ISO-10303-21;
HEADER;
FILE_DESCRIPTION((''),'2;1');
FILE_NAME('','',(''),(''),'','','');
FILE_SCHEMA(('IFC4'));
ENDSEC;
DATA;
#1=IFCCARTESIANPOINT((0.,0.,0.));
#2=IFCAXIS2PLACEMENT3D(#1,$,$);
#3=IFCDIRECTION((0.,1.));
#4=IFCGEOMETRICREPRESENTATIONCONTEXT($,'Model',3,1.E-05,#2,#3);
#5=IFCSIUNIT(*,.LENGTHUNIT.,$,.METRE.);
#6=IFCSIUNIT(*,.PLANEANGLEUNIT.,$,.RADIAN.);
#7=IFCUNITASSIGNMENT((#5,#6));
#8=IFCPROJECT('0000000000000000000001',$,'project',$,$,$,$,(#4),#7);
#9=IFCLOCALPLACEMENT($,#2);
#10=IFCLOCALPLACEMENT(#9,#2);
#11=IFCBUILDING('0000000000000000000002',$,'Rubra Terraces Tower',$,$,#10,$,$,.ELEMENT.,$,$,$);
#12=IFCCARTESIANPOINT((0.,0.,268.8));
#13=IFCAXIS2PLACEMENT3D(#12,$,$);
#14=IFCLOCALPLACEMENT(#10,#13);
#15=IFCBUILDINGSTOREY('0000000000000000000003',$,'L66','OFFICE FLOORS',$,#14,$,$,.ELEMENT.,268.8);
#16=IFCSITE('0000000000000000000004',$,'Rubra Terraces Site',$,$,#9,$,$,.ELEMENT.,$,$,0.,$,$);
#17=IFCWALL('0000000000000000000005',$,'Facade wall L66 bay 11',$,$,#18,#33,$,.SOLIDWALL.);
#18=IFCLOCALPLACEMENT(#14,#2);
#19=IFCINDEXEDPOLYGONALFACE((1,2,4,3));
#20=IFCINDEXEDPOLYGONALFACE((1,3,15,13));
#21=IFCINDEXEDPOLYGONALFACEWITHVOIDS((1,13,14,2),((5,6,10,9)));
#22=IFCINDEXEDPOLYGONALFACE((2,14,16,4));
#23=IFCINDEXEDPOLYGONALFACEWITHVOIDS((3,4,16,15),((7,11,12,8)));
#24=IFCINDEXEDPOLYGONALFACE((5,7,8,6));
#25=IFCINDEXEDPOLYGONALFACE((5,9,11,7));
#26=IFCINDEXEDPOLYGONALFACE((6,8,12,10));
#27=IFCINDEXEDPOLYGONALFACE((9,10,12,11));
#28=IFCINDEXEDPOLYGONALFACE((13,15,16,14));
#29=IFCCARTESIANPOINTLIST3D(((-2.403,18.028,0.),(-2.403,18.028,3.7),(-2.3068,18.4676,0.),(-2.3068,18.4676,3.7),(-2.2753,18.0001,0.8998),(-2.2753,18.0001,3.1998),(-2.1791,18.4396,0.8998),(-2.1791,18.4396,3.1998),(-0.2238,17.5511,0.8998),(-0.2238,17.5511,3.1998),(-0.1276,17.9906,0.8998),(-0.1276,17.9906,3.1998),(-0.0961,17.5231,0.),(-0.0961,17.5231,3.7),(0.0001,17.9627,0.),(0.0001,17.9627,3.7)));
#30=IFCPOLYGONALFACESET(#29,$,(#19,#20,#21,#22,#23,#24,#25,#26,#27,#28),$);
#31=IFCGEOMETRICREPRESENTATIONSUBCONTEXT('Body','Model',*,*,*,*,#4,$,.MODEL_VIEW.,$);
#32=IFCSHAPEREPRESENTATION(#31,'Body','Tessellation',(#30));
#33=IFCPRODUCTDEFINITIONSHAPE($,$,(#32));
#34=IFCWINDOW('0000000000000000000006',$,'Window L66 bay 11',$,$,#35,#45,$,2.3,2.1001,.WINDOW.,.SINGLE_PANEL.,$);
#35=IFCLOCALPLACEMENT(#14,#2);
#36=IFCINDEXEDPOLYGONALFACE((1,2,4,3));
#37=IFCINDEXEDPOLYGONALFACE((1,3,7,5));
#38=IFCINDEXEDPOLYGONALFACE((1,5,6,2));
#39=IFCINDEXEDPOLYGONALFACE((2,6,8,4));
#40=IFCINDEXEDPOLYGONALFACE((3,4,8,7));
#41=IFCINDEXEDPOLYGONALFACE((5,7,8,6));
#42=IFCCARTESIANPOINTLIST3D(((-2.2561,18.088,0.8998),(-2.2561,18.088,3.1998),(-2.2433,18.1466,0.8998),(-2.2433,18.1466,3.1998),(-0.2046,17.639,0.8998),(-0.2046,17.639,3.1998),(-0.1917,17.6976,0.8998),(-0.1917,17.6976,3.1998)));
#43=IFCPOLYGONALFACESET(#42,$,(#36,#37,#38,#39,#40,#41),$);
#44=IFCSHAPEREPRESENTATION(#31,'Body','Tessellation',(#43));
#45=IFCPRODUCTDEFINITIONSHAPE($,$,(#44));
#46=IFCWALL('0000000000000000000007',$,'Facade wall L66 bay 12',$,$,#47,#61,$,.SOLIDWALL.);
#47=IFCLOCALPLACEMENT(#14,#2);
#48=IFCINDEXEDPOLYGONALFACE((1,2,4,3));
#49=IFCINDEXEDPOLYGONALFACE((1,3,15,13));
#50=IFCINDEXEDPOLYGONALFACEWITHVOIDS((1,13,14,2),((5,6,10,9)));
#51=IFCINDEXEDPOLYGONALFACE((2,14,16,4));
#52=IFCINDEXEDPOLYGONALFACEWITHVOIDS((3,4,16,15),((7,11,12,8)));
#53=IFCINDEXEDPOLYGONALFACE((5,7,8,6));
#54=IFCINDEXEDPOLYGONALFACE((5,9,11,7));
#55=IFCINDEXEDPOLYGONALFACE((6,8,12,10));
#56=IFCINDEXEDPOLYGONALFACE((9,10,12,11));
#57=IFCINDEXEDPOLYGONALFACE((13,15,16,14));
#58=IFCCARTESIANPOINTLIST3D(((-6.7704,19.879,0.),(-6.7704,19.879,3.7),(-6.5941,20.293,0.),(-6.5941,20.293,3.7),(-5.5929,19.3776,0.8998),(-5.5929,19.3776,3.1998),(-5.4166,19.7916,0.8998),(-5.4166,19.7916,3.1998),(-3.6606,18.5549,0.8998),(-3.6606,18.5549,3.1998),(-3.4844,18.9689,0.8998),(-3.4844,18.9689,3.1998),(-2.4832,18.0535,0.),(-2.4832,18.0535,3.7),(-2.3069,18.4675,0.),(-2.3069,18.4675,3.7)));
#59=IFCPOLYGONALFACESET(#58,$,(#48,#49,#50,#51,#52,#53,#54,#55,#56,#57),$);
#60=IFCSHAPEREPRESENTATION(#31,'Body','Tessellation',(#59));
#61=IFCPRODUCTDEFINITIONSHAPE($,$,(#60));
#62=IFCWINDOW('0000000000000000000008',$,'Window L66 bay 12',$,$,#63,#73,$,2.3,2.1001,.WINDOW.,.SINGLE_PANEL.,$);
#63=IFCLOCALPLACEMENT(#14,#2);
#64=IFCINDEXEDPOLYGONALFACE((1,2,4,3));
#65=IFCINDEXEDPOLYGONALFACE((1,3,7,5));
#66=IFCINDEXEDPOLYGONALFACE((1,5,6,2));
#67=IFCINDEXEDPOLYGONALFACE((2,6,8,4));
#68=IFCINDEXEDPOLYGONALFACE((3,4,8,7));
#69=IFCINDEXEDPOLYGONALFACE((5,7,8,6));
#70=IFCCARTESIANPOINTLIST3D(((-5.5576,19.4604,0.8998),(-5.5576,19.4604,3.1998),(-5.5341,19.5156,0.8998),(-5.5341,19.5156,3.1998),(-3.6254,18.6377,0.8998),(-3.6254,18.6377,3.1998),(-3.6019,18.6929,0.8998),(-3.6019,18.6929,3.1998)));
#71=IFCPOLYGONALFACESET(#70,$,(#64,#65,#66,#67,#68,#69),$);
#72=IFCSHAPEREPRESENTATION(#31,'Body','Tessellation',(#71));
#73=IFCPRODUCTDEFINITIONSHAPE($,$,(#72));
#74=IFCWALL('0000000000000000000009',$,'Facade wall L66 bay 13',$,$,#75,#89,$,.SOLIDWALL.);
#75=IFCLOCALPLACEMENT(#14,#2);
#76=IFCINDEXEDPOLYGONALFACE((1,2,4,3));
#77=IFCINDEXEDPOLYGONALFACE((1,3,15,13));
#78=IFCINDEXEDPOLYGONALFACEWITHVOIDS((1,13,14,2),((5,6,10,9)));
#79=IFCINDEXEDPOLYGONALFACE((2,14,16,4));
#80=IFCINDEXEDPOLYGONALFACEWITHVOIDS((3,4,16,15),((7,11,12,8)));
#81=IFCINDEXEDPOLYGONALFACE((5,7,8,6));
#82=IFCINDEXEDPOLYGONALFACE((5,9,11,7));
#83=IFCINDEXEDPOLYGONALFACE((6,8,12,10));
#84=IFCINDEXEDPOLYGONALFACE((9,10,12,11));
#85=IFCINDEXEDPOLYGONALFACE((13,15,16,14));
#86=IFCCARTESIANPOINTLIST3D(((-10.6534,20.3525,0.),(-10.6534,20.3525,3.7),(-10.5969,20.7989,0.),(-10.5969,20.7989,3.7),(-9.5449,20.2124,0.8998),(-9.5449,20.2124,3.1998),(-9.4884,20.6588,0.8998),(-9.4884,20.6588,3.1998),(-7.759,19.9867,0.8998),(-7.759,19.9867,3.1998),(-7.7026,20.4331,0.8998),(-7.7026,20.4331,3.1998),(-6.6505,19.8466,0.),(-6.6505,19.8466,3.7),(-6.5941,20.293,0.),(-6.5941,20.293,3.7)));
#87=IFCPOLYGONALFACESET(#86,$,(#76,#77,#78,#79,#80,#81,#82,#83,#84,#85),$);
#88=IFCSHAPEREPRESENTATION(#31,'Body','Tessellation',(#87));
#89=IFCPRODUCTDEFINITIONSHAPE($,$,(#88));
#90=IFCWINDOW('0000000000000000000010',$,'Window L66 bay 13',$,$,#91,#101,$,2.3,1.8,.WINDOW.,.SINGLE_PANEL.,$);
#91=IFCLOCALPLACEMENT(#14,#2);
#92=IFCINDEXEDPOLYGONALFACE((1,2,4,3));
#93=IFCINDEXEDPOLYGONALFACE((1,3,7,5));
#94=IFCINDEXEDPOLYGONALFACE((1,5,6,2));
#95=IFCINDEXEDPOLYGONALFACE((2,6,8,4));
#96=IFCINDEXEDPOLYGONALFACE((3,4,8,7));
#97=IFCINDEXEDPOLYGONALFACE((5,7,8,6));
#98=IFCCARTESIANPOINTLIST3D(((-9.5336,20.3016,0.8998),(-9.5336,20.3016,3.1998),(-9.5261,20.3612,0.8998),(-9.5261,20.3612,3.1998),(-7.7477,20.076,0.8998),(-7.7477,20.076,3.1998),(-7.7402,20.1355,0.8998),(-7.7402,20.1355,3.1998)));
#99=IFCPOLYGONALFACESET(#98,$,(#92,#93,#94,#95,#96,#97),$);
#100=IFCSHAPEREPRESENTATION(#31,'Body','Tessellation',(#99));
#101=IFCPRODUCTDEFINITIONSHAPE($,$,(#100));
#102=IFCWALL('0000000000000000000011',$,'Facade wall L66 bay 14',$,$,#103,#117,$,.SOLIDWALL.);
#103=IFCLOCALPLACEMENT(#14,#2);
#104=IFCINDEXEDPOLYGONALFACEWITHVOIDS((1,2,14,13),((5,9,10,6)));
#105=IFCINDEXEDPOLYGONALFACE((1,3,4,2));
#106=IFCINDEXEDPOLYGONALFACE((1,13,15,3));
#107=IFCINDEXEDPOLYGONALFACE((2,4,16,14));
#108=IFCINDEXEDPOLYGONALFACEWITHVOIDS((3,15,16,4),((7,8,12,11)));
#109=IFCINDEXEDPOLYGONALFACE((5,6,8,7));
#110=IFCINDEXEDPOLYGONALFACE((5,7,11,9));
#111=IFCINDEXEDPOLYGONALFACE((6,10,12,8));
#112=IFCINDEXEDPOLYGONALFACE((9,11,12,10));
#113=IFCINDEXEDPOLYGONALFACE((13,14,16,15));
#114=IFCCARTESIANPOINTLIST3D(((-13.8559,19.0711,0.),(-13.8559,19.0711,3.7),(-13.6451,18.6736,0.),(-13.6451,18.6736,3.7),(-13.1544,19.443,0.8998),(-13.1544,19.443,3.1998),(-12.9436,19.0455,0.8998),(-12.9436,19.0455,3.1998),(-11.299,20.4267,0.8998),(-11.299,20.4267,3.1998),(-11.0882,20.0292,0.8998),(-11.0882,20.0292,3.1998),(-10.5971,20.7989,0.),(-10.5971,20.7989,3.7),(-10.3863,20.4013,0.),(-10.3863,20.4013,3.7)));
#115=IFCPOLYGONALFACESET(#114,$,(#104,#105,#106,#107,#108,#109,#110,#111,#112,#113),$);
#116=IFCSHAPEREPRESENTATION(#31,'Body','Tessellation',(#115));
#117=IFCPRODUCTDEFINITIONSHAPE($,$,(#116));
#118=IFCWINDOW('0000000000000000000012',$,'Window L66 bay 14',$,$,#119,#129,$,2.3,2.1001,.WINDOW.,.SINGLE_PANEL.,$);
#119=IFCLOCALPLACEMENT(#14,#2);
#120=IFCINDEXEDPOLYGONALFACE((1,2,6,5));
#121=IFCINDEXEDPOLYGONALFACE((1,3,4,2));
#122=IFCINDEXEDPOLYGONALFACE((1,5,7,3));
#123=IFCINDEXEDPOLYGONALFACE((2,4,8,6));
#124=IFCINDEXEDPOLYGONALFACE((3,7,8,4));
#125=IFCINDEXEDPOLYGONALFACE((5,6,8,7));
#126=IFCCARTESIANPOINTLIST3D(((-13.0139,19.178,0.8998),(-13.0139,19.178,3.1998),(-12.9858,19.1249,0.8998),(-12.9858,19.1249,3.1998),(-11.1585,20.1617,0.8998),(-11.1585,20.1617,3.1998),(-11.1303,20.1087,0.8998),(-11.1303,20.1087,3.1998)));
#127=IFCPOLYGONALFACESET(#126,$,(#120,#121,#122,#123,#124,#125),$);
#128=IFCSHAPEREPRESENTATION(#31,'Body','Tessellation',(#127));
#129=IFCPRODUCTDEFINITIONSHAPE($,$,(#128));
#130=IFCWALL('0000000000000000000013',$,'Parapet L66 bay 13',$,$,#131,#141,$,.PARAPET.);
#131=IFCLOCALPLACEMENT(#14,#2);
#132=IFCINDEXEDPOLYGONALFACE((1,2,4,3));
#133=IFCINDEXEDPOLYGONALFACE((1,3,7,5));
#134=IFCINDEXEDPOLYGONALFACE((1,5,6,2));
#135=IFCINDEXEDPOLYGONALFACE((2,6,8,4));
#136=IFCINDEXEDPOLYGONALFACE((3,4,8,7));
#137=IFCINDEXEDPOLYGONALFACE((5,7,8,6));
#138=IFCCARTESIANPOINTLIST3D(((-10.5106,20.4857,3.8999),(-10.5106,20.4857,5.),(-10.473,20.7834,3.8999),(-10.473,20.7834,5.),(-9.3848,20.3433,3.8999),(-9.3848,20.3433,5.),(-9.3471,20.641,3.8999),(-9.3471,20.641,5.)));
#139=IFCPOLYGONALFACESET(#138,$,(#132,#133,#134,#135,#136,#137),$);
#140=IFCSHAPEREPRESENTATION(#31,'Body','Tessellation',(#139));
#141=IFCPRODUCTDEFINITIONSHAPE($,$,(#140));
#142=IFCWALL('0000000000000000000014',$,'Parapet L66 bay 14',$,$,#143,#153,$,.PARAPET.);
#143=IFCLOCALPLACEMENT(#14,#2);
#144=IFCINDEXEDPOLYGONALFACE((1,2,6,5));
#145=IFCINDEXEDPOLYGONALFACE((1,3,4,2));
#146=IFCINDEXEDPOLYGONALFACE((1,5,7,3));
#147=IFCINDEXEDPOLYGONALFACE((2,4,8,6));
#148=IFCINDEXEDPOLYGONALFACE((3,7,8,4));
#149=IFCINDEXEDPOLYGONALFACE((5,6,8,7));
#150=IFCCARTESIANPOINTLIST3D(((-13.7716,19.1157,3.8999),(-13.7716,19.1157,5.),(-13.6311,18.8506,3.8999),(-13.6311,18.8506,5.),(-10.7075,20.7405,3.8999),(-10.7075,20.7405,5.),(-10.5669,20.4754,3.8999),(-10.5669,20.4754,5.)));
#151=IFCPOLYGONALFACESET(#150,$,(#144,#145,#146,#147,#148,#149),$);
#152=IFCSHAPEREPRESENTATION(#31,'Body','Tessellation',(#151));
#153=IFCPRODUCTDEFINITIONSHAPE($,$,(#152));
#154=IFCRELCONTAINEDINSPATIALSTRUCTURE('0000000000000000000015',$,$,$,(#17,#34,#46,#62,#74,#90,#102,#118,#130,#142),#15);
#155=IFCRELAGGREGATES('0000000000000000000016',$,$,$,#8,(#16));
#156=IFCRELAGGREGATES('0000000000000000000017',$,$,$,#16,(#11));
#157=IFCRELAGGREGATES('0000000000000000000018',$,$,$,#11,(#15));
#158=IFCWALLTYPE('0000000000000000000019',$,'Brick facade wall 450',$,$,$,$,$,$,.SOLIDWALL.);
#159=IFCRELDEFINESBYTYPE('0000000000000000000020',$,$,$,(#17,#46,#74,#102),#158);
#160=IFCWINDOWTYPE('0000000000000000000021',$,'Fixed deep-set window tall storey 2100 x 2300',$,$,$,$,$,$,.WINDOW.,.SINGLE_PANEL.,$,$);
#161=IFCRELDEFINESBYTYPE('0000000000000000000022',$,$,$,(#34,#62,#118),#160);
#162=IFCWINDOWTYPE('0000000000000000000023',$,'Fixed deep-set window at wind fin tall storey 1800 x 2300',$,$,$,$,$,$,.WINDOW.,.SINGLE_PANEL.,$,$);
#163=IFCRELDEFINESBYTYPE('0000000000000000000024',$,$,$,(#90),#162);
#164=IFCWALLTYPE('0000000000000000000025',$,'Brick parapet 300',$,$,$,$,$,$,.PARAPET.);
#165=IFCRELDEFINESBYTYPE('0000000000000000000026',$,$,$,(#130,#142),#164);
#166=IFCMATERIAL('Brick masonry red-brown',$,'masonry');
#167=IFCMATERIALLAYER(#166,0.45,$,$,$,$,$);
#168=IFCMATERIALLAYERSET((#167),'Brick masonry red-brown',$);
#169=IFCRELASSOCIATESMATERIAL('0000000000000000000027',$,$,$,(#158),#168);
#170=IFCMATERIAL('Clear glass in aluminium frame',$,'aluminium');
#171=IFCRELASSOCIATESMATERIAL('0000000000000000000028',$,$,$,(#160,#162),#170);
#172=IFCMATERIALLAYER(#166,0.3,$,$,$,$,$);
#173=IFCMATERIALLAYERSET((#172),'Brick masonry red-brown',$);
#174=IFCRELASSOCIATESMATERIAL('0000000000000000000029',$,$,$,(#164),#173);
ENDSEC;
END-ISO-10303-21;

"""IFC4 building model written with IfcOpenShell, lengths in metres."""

from ifc_helpers import new_model, si_unit, direction, frame, frame_2d, origin, place, context, subcontext, project, spatial, rectangle, extrude, material, layer, layer_set, type_object, element, fill, save


model = new_model("IFC4")

# Units and contexts
model_context = context("Model", 3, precision=1e-05, world=origin(), true_north=direction((0.0, 1.0)))
body_context = subcontext(model_context, "Body", "Model", "MODEL_VIEW")
ifc_project = project(units=[si_unit("LENGTHUNIT", "METRE"), si_unit("PLANEANGLEUNIT", "RADIAN")], contexts=[model_context])

# Site, building, storey
site_placement = place(None, origin())
site = spatial("IfcSite", under=ifc_project, at=site_placement, Name="Rubra Terraces Site", CompositionType="ELEMENT", RefElevation=0.0)
building_placement = place(site_placement, origin())
building = spatial("IfcBuilding", under=site, at=building_placement, Name="Rubra Terraces Tower", CompositionType="ELEMENT")
storey_placement = place(building_placement, frame((0.0, 0.0, 268.8)))
storey = spatial("IfcBuildingStorey", under=building, at=storey_placement, Name="L66", Description="OFFICE FLOORS", CompositionType="ELEMENT", Elevation=268.8)

# Walls, openings, windows
ifc_material_1 = material(Name="Brick masonry red-brown", Category="masonry")
ifc_layer_1 = layer(ifc_material_1, 0.45)
ifc_layer_set_1 = layer_set([ifc_layer_1], Name="Brick masonry red-brown")
wall_type_1 = type_object("IfcWallType", Name="Brick facade wall 450", PredefinedType="SOLIDWALL", material=ifc_layer_set_1)
wall_1_placement = place(storey_placement, frame((-0.0481, 17.7429, 0.0), z_axis=(0.0, 0.0, 1.0), x_axis=(-0.976878, 0.213799, 0.0)))
wall_1 = element("IfcWall", 1, at=wall_1_placement, inside=storey, type_object=wall_type_1, Name="Facade wall L66 bay 11", PredefinedType="SOLIDWALL", context=body_context, shape_type="SweptSolid", body=[
    extrude(rectangle(XDim=2.3616, YDim=0.45, at=frame_2d((1.1807, 0.0))), origin(), (0.0, 0.0, 1.0), 3.7),
])
opening_1_placement = place(wall_1_placement, frame((0.1306, 0.0, 0.8999)))
opening_1 = element("IfcOpeningElement", 2, at=opening_1_placement, cuts=wall_1, PredefinedType="OPENING", context=body_context, shape_type="SweptSolid", body=[
    extrude(rectangle(XDim=2.1001, YDim=2.3, at=frame_2d((1.05, 1.1499))), frame((0.0, 0.2349, 0.0), z_axis=(0.0, -1.0, 0.0), x_axis=(1.0, 0.0, 0.0)), (0.0, 0.0, 1.0), 0.47),
])
ifc_material_2 = material(Name="Clear glass in aluminium frame", Category="aluminium")
window_type_1 = type_object("IfcWindowType", Name="Fixed deep-set window tall storey 2100 x 2300", PartitioningType="SINGLE_PANEL", PredefinedType="WINDOW", material=ifc_material_2)
window_1_placement = place(opening_1_placement, origin())
window_1 = element("IfcWindow", 3, at=window_1_placement, inside=storey, type_object=window_type_1, Name="Window L66 bay 11", OverallHeight=2.3, OverallWidth=2.1001, PartitioningType="SINGLE_PANEL", PredefinedType="WINDOW", context=body_context, shape_type="SweptSolid", body=[
    extrude(rectangle(XDim=2.1001, YDim=2.3, at=frame_2d((1.05, 1.1499))), frame((0.0, 0.135, 0.0), z_axis=(0.0, -1.0, 0.0), x_axis=(1.0, 0.0, 0.0)), (0.0, 0.0, 1.0), 0.0601),
])
fill(opening_1, window_1)
wall_2_placement = place(storey_placement, frame((-2.395, 18.2605, 0.0), z_axis=(0.0, 0.0, 1.0), x_axis=(-0.920067, 0.391762, 0.0)))
wall_2 = element("IfcWall", 4, at=wall_2_placement, inside=storey, type_object=wall_type_1, Name="Facade wall L66 bay 12", PredefinedType="SOLIDWALL", context=body_context, shape_type="SweptSolid", body=[
    extrude(rectangle(XDim=4.6597, YDim=0.45, at=frame_2d((2.3298, 0.0))), origin(), (0.0, 0.0, 1.0), 3.7),
])
opening_2_placement = place(wall_2_placement, frame((1.2798, 0.0, 0.8999)))
opening_2 = element("IfcOpeningElement", 5, at=opening_2_placement, cuts=wall_2, PredefinedType="OPENING", context=body_context, shape_type="SweptSolid", body=[
    extrude(rectangle(XDim=2.1001, YDim=2.3, at=frame_2d((1.05, 1.1499))), frame((0.0, 0.2349, 0.0), z_axis=(0.0, -1.0, 0.0), x_axis=(1.0, 0.0, 0.0)), (0.0, 0.0, 1.0), 0.47),
])
window_2_placement = place(opening_2_placement, origin())
window_2 = element("IfcWindow", 6, at=window_2_placement, inside=storey, type_object=window_type_1, Name="Window L66 bay 12", OverallHeight=2.3, OverallWidth=2.1001, PartitioningType="SINGLE_PANEL", PredefinedType="WINDOW", context=body_context, shape_type="SweptSolid", body=[
    extrude(rectangle(XDim=2.1001, YDim=2.3, at=frame_2d((1.05, 1.1499))), frame((0.0, 0.135, 0.0), z_axis=(0.0, -1.0, 0.0), x_axis=(1.0, 0.0, 0.0)), (0.0, 0.0, 1.0), 0.0601),
])
fill(opening_2, window_2)
wall_3_placement = place(storey_placement, frame((-6.6223, 20.0698, 0.0), z_axis=(0.0, 0.0, 1.0), x_axis=(-0.992109, 0.125375, 0.0)))
wall_3 = element("IfcWall", 7, at=wall_3_placement, inside=storey, type_object=wall_type_1, Name="Facade wall L66 bay 13", PredefinedType="SOLIDWALL", context=body_context, shape_type="SweptSolid", body=[
    extrude(rectangle(XDim=4.0347, YDim=0.45, at=frame_2d((2.0173, 0.0))), origin(), (0.0, 0.0, 1.0), 3.7),
])
opening_3_placement = place(wall_3_placement, frame((1.1174, 0.0, 0.8999)))
opening_3 = element("IfcOpeningElement", 8, at=opening_3_placement, cuts=wall_3, PredefinedType="OPENING", context=body_context, shape_type="SweptSolid", body=[
    extrude(rectangle(XDim=1.8, YDim=2.3, at=frame_2d((0.8999, 1.1499))), frame((0.0, 0.2349, 0.0), z_axis=(0.0, -1.0, 0.0), x_axis=(1.0, 0.0, 0.0)), (0.0, 0.0, 1.0), 0.47),
])
window_type_2 = type_object("IfcWindowType", Name="Fixed deep-set window at wind fin tall storey 1800 x 2300", PartitioningType="SINGLE_PANEL", PredefinedType="WINDOW", material=ifc_material_2)
window_3_placement = place(opening_3_placement, origin())
window_3 = element("IfcWindow", 9, at=window_3_placement, inside=storey, type_object=window_type_2, Name="Window L66 bay 13", OverallHeight=2.3, OverallWidth=1.8, PartitioningType="SINGLE_PANEL", PredefinedType="WINDOW", context=body_context, shape_type="SweptSolid", body=[
    extrude(rectangle(XDim=1.8, YDim=2.3, at=frame_2d((0.8999, 1.1499))), frame((0.0, 0.135, 0.0), z_axis=(0.0, -1.0, 0.0), x_axis=(1.0, 0.0, 0.0)), (0.0, 0.0, 1.0), 0.0601),
])
fill(opening_3, window_3)
wall_4_placement = place(storey_placement, frame((-10.4917, 20.6001, 0.0), z_axis=(0.0, 0.0, 1.0), x_axis=(-0.883503, -0.468426, 0.0)))
wall_4 = element("IfcWall", 10, at=wall_4_placement, inside=storey, type_object=wall_type_1, Name="Facade wall L66 bay 14", PredefinedType="SOLIDWALL", context=body_context, shape_type="SweptSolid", body=[
    extrude(rectangle(XDim=3.6885, YDim=0.45, at=frame_2d((1.8442, 0.0))), origin(), (0.0, 0.0, 1.0), 3.7),
])
opening_4_placement = place(wall_4_placement, frame((0.7944, 0.0, 0.8999)))
opening_4 = element("IfcOpeningElement", 11, at=opening_4_placement, cuts=wall_4, PredefinedType="OPENING", context=body_context, shape_type="SweptSolid", body=[
    extrude(rectangle(XDim=2.1001, YDim=2.3, at=frame_2d((1.05, 1.1499))), frame((0.0, 0.2349, 0.0), z_axis=(0.0, -1.0, 0.0), x_axis=(1.0, 0.0, 0.0)), (0.0, 0.0, 1.0), 0.47),
])
window_4_placement = place(opening_4_placement, origin())
window_4 = element("IfcWindow", 12, at=window_4_placement, inside=storey, type_object=window_type_1, Name="Window L66 bay 14", OverallHeight=2.3, OverallWidth=2.1001, PartitioningType="SINGLE_PANEL", PredefinedType="WINDOW", context=body_context, shape_type="SweptSolid", body=[
    extrude(rectangle(XDim=2.1001, YDim=2.3, at=frame_2d((1.05, 1.1499))), frame((0.0, 0.135, 0.0), z_axis=(0.0, -1.0, 0.0), x_axis=(1.0, 0.0, 0.0)), (0.0, 0.0, 1.0), 0.0601),
])
fill(opening_4, window_4)

# Walls
ifc_layer_2 = layer(ifc_material_1, 0.3)
ifc_layer_set_2 = layer_set([ifc_layer_2], Name="Brick masonry red-brown")
wall_type_2 = type_object("IfcWallType", Name="Brick parapet 300", PredefinedType="PARAPET", material=ifc_layer_set_2)
wall_5_placement = place(storey_placement, frame((-9.366, 20.4922, 3.8999), z_axis=(0.0, 0.0, 1.0), x_axis=(-0.992101, 0.125438, 0.0)))
element("IfcWall", 13, at=wall_5_placement, inside=storey, type_object=wall_type_2, Name="Parapet L66 bay 13", PredefinedType="PARAPET", context=body_context, shape_type="SweptSolid", body=[
    extrude(rectangle(XDim=1.1348, YDim=0.3, at=frame_2d((0.5674, 0.0))), origin(), (0.0, 0.0, 1.0), 1.1001),
])
wall_6_placement = place(storey_placement, frame((-10.6372, 20.6079, 3.8999), z_axis=(0.0, 0.0, 1.0), x_axis=(-0.883486, -0.468457, 0.0)))
element("IfcWall", 14, at=wall_6_placement, inside=storey, type_object=wall_type_2, Name="Parapet L66 bay 14", PredefinedType="PARAPET", context=body_context, shape_type="SweptSolid", body=[
    extrude(rectangle(XDim=3.4683, YDim=0.3, at=frame_2d((1.7341, 0.0))), origin(), (0.0, 0.0, 1.0), 1.1001),
])

save(model, "model.ifc")
